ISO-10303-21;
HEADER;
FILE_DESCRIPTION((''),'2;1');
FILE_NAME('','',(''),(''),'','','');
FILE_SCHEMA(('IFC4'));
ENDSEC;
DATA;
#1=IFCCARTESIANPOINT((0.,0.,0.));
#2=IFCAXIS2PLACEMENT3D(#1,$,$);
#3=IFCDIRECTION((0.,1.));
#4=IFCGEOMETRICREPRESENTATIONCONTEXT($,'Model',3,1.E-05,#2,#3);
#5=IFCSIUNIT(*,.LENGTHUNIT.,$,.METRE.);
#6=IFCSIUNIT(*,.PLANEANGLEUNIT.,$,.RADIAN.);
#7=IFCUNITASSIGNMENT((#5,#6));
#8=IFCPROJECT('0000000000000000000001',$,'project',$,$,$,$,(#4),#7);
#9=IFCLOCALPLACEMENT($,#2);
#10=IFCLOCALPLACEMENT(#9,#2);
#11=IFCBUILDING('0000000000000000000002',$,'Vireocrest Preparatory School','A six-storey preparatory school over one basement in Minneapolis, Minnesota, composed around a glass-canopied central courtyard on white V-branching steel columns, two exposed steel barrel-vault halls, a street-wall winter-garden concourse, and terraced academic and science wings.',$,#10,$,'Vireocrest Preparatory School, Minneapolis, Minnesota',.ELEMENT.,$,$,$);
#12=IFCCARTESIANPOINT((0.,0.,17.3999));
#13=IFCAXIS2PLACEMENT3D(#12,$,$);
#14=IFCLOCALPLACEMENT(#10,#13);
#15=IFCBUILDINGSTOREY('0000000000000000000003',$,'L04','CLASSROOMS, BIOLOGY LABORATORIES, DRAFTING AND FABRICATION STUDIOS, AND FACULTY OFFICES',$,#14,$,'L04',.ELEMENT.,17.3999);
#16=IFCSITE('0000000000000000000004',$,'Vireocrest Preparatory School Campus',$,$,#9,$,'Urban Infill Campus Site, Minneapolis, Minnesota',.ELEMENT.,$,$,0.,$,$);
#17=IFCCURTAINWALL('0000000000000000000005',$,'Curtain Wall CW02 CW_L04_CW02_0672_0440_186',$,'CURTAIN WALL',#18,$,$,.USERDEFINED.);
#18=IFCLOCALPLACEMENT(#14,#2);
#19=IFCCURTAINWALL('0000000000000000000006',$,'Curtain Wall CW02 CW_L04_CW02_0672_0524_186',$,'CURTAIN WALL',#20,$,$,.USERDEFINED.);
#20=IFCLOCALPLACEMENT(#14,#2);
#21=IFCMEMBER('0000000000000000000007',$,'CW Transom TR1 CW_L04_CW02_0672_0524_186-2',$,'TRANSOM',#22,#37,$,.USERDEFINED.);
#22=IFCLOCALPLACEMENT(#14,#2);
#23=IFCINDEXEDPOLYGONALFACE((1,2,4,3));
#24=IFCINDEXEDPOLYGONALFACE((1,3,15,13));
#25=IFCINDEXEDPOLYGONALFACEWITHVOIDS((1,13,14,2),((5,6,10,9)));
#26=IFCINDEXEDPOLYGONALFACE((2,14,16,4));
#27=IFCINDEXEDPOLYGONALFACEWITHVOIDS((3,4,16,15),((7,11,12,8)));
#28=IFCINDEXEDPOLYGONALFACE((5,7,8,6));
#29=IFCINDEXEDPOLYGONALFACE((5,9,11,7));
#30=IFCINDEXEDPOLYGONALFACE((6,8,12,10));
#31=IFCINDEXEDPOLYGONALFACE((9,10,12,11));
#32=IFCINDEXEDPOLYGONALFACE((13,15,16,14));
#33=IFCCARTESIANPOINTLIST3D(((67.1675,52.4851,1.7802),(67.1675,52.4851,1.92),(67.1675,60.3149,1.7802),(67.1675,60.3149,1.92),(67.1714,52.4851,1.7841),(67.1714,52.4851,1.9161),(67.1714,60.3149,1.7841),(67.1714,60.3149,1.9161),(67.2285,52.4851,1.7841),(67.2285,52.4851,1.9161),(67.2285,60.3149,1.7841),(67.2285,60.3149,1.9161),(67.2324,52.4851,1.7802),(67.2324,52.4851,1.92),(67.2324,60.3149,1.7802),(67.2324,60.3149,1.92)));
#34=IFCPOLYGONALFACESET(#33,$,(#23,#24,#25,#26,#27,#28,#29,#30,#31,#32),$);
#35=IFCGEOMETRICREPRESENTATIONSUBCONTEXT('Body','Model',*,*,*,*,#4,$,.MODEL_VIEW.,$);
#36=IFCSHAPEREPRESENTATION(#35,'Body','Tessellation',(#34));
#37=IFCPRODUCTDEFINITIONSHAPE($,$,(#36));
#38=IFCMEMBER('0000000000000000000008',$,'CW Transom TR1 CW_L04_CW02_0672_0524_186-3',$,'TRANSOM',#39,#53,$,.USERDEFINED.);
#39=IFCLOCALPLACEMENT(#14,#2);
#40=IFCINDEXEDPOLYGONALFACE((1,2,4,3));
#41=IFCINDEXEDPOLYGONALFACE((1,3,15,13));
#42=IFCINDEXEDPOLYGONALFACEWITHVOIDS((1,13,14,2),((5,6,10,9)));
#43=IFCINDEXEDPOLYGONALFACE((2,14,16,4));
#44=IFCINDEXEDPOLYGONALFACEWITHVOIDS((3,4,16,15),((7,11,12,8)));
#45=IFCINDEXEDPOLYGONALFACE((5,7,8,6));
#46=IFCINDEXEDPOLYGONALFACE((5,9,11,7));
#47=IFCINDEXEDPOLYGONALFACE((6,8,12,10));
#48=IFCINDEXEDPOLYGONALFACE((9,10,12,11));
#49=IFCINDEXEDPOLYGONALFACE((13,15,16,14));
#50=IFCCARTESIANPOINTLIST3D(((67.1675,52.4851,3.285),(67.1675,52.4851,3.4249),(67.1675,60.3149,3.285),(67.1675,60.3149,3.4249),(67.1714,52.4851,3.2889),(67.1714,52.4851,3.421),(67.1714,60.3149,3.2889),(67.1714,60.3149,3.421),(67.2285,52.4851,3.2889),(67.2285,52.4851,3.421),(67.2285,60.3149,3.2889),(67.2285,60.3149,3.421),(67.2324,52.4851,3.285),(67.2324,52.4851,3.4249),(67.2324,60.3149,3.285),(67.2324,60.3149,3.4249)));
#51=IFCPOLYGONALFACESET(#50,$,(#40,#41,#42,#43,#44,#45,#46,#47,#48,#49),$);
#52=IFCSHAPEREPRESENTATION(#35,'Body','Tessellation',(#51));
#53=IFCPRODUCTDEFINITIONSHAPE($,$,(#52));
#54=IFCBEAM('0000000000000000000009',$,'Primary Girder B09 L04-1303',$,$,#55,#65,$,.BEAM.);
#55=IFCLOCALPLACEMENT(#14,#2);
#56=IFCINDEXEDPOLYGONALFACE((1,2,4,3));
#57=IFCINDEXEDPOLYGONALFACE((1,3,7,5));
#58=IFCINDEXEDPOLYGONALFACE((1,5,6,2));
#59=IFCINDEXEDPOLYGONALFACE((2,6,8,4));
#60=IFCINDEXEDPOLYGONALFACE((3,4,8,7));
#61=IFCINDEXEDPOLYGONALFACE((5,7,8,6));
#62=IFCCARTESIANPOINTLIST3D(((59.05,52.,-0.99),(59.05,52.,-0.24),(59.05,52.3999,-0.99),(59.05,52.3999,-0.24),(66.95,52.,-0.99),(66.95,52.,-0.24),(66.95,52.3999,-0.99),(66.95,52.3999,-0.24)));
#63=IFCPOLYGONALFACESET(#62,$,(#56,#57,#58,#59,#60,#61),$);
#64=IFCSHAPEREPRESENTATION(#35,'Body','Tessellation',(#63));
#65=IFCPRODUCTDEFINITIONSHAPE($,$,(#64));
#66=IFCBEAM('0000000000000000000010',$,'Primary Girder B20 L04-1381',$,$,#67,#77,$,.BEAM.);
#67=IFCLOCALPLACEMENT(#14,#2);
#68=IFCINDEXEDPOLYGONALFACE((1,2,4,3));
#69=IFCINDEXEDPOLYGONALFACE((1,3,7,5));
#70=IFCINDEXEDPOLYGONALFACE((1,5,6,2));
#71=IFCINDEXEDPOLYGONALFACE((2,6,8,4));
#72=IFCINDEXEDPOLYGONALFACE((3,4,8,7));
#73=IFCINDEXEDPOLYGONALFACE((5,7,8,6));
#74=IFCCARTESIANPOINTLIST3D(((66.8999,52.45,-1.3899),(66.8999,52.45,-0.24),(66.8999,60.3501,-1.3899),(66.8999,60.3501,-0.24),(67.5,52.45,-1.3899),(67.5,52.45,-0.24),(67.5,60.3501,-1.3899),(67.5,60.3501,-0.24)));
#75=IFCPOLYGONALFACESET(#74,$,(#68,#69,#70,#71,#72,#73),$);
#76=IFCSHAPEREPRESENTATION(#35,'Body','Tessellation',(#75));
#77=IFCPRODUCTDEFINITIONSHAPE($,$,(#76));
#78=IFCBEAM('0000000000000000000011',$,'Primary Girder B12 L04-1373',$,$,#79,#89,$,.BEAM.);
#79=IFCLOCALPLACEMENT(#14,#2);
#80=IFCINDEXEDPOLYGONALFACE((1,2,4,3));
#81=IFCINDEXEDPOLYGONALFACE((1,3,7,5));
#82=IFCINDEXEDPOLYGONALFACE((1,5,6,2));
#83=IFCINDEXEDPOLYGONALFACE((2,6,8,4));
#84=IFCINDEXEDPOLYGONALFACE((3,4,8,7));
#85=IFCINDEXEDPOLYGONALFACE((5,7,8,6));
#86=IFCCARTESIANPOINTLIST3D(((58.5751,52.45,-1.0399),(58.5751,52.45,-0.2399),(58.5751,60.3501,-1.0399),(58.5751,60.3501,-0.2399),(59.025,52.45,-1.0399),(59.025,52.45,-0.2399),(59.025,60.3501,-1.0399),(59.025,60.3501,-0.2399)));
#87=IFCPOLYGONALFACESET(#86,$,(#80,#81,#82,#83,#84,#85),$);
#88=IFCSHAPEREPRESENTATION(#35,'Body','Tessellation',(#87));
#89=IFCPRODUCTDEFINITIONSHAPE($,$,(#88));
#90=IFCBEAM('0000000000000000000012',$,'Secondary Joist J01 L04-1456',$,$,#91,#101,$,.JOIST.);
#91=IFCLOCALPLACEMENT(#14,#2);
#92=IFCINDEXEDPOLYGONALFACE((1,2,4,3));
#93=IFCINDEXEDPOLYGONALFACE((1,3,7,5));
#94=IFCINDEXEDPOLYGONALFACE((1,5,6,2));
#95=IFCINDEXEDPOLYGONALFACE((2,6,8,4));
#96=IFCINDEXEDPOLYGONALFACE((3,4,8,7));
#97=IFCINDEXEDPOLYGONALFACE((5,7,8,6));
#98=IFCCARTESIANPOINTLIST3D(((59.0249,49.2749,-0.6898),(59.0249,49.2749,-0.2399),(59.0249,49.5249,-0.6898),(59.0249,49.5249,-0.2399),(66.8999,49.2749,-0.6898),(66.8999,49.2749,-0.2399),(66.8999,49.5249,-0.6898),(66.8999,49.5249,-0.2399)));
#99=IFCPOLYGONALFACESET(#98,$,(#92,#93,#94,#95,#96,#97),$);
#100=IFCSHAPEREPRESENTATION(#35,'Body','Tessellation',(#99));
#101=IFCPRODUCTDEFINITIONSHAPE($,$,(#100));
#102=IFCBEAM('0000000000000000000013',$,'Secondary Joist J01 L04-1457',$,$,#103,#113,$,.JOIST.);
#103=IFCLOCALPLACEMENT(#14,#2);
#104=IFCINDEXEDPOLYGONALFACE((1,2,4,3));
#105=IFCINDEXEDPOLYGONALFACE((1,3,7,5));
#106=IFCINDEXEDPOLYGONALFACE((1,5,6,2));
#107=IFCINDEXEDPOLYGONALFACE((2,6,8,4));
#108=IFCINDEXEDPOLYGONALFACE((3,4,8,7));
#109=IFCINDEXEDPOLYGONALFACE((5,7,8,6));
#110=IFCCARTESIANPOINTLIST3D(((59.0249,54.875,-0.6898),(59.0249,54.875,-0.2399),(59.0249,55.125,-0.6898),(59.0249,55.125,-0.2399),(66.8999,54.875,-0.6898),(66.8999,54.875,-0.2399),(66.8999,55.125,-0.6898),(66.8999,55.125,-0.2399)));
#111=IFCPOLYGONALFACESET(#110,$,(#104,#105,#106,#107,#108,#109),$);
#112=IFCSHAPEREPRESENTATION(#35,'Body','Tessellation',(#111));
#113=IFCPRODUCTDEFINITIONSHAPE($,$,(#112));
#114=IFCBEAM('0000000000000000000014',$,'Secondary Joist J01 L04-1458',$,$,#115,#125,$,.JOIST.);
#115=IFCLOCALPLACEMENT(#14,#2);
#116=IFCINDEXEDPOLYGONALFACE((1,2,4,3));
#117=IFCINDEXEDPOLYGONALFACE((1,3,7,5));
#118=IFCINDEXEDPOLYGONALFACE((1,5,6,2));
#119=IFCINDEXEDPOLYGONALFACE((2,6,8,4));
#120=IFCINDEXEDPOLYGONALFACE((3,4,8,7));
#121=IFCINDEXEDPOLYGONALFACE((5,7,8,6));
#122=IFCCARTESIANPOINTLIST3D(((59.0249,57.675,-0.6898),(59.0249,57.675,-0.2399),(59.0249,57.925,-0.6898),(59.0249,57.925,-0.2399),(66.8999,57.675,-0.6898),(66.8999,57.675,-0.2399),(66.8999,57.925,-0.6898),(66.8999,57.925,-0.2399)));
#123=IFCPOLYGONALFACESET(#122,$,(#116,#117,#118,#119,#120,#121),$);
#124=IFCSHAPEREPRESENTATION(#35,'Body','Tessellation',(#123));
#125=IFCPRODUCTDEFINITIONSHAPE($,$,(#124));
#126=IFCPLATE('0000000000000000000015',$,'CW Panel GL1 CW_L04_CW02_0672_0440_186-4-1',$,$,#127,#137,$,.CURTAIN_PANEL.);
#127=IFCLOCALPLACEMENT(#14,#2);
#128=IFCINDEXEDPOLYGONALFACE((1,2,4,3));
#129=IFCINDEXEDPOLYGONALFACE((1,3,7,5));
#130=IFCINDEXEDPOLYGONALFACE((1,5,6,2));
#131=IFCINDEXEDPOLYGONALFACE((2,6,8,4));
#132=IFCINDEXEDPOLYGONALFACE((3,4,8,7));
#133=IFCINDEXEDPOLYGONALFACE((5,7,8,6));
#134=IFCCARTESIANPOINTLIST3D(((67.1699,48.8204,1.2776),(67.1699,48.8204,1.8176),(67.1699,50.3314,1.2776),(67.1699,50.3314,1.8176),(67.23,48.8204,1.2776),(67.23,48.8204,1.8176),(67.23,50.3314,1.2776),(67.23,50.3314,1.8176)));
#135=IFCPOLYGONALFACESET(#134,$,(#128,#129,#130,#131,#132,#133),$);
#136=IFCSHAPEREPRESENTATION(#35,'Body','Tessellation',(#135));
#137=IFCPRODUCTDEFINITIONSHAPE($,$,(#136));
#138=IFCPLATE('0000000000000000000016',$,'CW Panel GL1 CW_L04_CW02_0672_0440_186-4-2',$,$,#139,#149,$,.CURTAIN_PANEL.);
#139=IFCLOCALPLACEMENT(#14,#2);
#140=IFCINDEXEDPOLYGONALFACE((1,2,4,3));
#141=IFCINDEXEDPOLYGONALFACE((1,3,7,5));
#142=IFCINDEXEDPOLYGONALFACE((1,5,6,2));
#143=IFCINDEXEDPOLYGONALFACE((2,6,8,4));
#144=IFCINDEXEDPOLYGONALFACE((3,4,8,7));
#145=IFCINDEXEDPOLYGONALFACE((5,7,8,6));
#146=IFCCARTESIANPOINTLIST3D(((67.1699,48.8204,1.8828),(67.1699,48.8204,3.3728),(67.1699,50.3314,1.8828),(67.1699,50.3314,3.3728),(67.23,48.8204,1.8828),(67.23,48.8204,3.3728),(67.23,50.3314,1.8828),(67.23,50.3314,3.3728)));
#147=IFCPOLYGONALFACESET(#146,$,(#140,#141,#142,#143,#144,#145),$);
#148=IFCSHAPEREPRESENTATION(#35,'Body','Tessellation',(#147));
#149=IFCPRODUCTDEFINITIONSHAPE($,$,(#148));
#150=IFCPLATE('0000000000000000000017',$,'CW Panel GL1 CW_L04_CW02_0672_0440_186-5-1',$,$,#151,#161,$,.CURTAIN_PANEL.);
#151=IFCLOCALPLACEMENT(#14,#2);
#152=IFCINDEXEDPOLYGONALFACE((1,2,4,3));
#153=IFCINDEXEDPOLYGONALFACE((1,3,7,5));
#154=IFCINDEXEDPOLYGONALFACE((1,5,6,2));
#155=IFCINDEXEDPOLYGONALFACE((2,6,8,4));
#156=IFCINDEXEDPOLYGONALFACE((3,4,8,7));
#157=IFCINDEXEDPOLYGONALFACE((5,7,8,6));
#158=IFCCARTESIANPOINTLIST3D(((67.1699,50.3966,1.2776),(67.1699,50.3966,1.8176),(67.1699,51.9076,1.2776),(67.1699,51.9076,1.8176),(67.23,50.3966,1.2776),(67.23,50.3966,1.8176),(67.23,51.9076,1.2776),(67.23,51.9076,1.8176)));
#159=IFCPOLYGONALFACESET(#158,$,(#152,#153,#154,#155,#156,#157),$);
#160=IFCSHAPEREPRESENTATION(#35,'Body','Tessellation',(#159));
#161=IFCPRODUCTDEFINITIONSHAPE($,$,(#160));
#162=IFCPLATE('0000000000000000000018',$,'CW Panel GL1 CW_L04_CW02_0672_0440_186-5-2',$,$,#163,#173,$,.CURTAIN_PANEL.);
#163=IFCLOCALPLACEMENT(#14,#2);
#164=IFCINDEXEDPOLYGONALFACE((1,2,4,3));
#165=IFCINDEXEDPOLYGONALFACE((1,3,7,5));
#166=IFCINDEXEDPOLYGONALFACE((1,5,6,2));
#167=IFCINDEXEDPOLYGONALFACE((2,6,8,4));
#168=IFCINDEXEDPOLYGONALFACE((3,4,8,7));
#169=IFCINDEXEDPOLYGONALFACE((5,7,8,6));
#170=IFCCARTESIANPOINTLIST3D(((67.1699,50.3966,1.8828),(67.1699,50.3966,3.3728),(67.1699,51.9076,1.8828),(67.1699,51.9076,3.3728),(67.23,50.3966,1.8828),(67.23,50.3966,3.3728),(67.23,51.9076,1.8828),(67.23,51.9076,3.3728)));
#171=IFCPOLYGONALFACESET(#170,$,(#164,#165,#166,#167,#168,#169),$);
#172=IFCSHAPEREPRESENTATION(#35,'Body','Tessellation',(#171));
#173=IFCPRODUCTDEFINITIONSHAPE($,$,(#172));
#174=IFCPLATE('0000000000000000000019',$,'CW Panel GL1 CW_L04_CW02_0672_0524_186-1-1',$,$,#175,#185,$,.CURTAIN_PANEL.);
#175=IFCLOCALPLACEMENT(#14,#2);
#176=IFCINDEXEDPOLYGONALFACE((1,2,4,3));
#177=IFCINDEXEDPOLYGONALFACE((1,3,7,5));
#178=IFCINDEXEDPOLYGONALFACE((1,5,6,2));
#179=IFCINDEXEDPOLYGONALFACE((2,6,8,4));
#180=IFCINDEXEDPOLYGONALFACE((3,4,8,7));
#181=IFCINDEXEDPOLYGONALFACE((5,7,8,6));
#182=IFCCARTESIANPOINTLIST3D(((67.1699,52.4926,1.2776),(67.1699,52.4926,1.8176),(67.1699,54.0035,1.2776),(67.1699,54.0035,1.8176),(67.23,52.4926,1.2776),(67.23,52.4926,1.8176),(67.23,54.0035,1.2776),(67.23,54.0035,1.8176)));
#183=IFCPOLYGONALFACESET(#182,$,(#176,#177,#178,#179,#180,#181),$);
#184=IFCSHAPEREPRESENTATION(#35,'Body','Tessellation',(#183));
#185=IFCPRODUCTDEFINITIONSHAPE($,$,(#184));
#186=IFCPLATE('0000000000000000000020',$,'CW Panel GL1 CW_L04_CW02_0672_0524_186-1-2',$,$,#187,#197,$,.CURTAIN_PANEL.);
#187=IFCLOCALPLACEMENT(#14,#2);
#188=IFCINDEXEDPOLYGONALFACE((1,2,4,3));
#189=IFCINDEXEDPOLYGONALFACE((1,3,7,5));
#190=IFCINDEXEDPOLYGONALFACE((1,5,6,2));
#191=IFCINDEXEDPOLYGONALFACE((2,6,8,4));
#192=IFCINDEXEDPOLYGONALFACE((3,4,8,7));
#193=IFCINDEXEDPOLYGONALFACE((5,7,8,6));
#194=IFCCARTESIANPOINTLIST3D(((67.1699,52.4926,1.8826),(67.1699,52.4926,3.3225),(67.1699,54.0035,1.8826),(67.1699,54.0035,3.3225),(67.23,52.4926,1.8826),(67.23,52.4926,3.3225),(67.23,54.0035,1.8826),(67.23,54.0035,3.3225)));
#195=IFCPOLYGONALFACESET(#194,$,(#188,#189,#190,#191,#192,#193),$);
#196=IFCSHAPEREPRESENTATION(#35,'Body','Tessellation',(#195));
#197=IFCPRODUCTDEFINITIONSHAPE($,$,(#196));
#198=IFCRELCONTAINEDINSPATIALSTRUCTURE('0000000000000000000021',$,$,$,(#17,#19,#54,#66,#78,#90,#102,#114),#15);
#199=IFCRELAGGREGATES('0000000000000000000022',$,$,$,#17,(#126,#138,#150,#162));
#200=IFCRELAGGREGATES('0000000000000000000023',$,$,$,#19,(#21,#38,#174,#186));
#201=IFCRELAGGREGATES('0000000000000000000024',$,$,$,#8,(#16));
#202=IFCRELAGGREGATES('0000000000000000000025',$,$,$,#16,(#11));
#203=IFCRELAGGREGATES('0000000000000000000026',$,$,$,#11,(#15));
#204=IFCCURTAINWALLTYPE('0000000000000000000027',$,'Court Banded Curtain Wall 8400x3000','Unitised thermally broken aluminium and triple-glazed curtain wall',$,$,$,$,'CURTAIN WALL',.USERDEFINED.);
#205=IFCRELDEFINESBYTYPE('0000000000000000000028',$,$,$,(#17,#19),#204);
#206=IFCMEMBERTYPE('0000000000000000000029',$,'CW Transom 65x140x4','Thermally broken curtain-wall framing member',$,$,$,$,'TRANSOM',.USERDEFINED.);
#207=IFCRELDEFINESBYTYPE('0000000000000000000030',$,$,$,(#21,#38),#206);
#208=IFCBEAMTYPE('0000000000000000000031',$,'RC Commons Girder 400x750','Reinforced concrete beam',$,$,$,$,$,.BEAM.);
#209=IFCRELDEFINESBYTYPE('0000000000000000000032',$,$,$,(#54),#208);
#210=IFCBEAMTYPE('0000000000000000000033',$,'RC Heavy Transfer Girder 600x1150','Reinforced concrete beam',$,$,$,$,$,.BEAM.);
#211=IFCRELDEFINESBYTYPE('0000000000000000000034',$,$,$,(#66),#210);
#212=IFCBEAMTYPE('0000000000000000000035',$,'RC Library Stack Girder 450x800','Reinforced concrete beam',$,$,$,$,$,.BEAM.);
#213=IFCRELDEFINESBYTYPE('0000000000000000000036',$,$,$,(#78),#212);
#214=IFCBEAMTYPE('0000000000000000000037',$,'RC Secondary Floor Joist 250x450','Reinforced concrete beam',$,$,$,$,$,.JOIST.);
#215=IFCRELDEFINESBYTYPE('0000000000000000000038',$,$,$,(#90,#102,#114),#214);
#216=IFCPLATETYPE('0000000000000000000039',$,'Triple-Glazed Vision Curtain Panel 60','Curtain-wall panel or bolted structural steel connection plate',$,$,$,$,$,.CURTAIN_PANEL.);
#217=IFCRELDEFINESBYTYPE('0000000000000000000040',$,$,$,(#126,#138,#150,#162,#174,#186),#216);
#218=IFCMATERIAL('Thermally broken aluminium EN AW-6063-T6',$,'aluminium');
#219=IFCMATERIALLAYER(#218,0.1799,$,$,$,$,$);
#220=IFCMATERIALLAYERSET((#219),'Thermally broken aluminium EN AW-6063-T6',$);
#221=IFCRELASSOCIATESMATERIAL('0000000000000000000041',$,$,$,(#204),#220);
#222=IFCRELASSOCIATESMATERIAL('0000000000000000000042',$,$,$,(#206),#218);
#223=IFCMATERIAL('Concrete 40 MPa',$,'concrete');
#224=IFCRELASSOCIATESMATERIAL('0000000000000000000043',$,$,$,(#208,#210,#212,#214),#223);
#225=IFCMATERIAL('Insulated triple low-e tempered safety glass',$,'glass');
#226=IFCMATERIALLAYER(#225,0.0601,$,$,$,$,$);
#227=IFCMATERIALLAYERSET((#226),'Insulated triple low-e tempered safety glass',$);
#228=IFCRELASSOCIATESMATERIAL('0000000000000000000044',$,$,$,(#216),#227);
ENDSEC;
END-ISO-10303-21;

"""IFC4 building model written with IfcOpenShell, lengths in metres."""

from ifc_helpers import new_model, si_unit, direction, frame, origin, origin_2d, place, context, subcontext, project, spatial, rectangle, hollow_rectangle, extrude, material, layer, layer_set, material_profile, profile_set, type_object, element, aggregate, save


model = new_model("IFC4")

# Units and contexts
model_context = context("Model", 3, precision=1e-05, world=origin(), true_north=direction((0.0, 1.0)))
body_context = subcontext(model_context, "Body", "Model", "MODEL_VIEW")
ifc_project = project(units=[si_unit("LENGTHUNIT", "METRE"), si_unit("PLANEANGLEUNIT", "RADIAN")], contexts=[model_context])

# Site, building, storey
site_placement = place(None, origin())
site = spatial("IfcSite", under=ifc_project, at=site_placement, Name="Vireocrest Preparatory School Campus", LongName="Urban Infill Campus Site, Minneapolis, Minnesota", CompositionType="ELEMENT", RefElevation=0.0)
building_placement = place(site_placement, origin())
building = spatial("IfcBuilding", under=site, at=building_placement, Name="Vireocrest Preparatory School", Description="A six-storey preparatory school over one basement in Minneapolis, Minnesota, composed around a glass-canopied central courtyard on white V-branching steel columns, two exposed steel barrel-vault halls, a street-wall winter-garden concourse, and terraced academic and science wings.", LongName="Vireocrest Preparatory School, Minneapolis, Minnesota", CompositionType="ELEMENT")
storey_placement = place(building_placement, frame((0.0, 0.0, 17.3999)))
storey = spatial("IfcBuildingStorey", under=building, at=storey_placement, Name="L04", Description="CLASSROOMS, BIOLOGY LABORATORIES, DRAFTING AND FABRICATION STUDIOS, AND FACULTY OFFICES", LongName="L04", CompositionType="ELEMENT", Elevation=17.3999)

# Curtain walls, members
ifc_material_1 = material(Name="Thermally broken aluminium EN AW-6063-T6", Category="aluminium")
ifc_layer_1 = layer(ifc_material_1, 0.1799)
ifc_layer_set_1 = layer_set([ifc_layer_1], Name="Thermally broken aluminium EN AW-6063-T6")
curtain_wall_type = type_object("IfcCurtainWallType", Name="Court Banded Curtain Wall 8400x3000", Description="Unitised thermally broken aluminium and triple-glazed curtain wall", ElementType="CURTAIN WALL", PredefinedType="USERDEFINED", material=ifc_layer_set_1)
curtain_wall_1_placement = place(storey_placement, origin())
curtain_wall_1 = element("IfcCurtainWall", 1, at=curtain_wall_1_placement, inside=storey, type_object=curtain_wall_type, Name="Curtain Wall CW02 CW_L04_CW02_0672_0440_186", ObjectType="CURTAIN WALL", PredefinedType="USERDEFINED")
curtain_wall_2_placement = place(storey_placement, origin())
curtain_wall_2 = element("IfcCurtainWall", 2, at=curtain_wall_2_placement, inside=storey, type_object=curtain_wall_type, Name="Curtain Wall CW02 CW_L04_CW02_0672_0524_186", ObjectType="CURTAIN WALL", PredefinedType="USERDEFINED")
ifc_material_profile_1 = material_profile(ifc_material_1, hollow_rectangle(XDim=0.0649, YDim=0.1399, WallThickness=0.0039, at=origin_2d()), Name="ALU 65x140x4")
ifc_profile_set_1 = profile_set([ifc_material_profile_1], Name="Thermally broken aluminium EN AW-6063-T6")
member_type_1 = type_object("IfcMemberType", Name="CW Transom 65x140x4", Description="Thermally broken curtain-wall framing member", ElementType="TRANSOM", PredefinedType="USERDEFINED", material=ifc_profile_set_1)
member_1_placement = place(storey_placement, frame((67.2, 52.4851, 1.8501), z_axis=(0.0, 1.0, 0.0), x_axis=(-1.0, 0.0, 0.0)))
member_1 = element("IfcMember", 3, at=member_1_placement, type_object=member_type_1, Name="CW Transom TR1 CW_L04_CW02_0672_0524_186-2", ObjectType="TRANSOM", PredefinedType="USERDEFINED", context=body_context, shape_type="SweptSolid", body=[
    extrude(hollow_rectangle(XDim=0.0649, YDim=0.1399, WallThickness=0.0039, at=origin_2d()), origin(), (0.0, 0.0, 1.0), 7.8298),
])
member_2_placement = place(storey_placement, frame((67.2, 52.4851, 3.355), z_axis=(0.0, 1.0, 0.0), x_axis=(-1.0, 0.0, 0.0)))
member_2 = element("IfcMember", 4, at=member_2_placement, type_object=member_type_1, Name="CW Transom TR1 CW_L04_CW02_0672_0524_186-3", ObjectType="TRANSOM", PredefinedType="USERDEFINED", context=body_context, shape_type="SweptSolid", body=[
    extrude(hollow_rectangle(XDim=0.0649, YDim=0.1399, WallThickness=0.0039, at=origin_2d()), origin(), (0.0, 0.0, 1.0), 7.8298),
])

# Beams
ifc_material_2 = material(Name="Concrete 40 MPa", Category="concrete")
ifc_material_profile_2 = material_profile(ifc_material_2, rectangle(XDim=0.3999, YDim=0.75, at=origin_2d()), Name="RC 400x750")
ifc_profile_set_2 = profile_set([ifc_material_profile_2], Name="Concrete 40 MPa")
beam_type_1 = type_object("IfcBeamType", Name="RC Commons Girder 400x750", Description="Reinforced concrete beam", PredefinedType="BEAM", material=ifc_profile_set_2)
beam_1_placement = place(storey_placement, frame((59.05, 52.2, -0.615), z_axis=(1.0, 0.0, 0.0), x_axis=(0.0, 1.0, 0.0)))
element("IfcBeam", 5, at=beam_1_placement, inside=storey, type_object=beam_type_1, Name="Primary Girder B09 L04-1303", PredefinedType="BEAM", context=body_context, shape_type="SweptSolid", body=[
    extrude(rectangle(XDim=0.3999, YDim=0.75, at=origin_2d()), origin(), (0.0, 0.0, 1.0), 7.8999),
])
ifc_material_profile_3 = material_profile(ifc_material_2, rectangle(XDim=0.6001, YDim=1.1499, at=origin_2d()), Name="RC 600x1150")
ifc_profile_set_3 = profile_set([ifc_material_profile_3], Name="Concrete 40 MPa")
beam_type_2 = type_object("IfcBeamType", Name="RC Heavy Transfer Girder 600x1150", Description="Reinforced concrete beam", PredefinedType="BEAM", material=ifc_profile_set_3)
beam_2_placement = place(storey_placement, frame((67.2, 52.45, -0.8149), z_axis=(0.0, 1.0, 0.0), x_axis=(-1.0, 0.0, 0.0)))
element("IfcBeam", 6, at=beam_2_placement, inside=storey, type_object=beam_type_2, Name="Primary Girder B20 L04-1381", PredefinedType="BEAM", context=body_context, shape_type="SweptSolid", body=[
    extrude(rectangle(XDim=0.6001, YDim=1.1499, at=origin_2d()), origin(), (0.0, 0.0, 1.0), 7.9001),
])
ifc_material_profile_4 = material_profile(ifc_material_2, rectangle(XDim=0.45, YDim=0.8, at=origin_2d()), Name="RC 450x800")
ifc_profile_set_4 = profile_set([ifc_material_profile_4], Name="Concrete 40 MPa")
beam_type_3 = type_object("IfcBeamType", Name="RC Library Stack Girder 450x800", Description="Reinforced concrete beam", PredefinedType="BEAM", material=ifc_profile_set_4)
beam_3_placement = place(storey_placement, frame((58.8, 52.45, -0.6399), z_axis=(0.0, 1.0, 0.0), x_axis=(-1.0, 0.0, 0.0)))
element("IfcBeam", 7, at=beam_3_placement, inside=storey, type_object=beam_type_3, Name="Primary Girder B12 L04-1373", PredefinedType="BEAM", context=body_context, shape_type="SweptSolid", body=[
    extrude(rectangle(XDim=0.45, YDim=0.8, at=origin_2d()), origin(), (0.0, 0.0, 1.0), 7.9001),
])
ifc_material_profile_5 = material_profile(ifc_material_2, rectangle(XDim=0.25, YDim=0.45, at=origin_2d()), Name="RC 250x450")
ifc_profile_set_5 = profile_set([ifc_material_profile_5], Name="Concrete 40 MPa")
beam_type_4 = type_object("IfcBeamType", Name="RC Secondary Floor Joist 250x450", Description="Reinforced concrete beam", PredefinedType="JOIST", material=ifc_profile_set_5)
for number, where, z_axis, x_axis, name in (
    (8, (59.0249, 49.3999, -0.4648), (1.0, 0.0, 0.0), (0.0, 1.0, 0.0), "Secondary Joist J01 L04-1456"),
    (9, (59.0249, 55.0, -0.4648), (1.0, 0.0, 0.0), (0.0, 1.0, 0.0), "Secondary Joist J01 L04-1457"),
    (10, (59.0249, 57.8, -0.4648), (1.0, 0.0, 0.0), (0.0, 1.0, 0.0), "Secondary Joist J01 L04-1458"),
):
    element("IfcBeam", number, at=place(storey_placement, frame(where, z_axis=z_axis, x_axis=x_axis)), inside=storey, type_object=beam_type_4, Name=name, PredefinedType="JOIST", context=body_context, shape_type="SweptSolid", body=[
        extrude(rectangle(XDim=0.25, YDim=0.45, at=origin_2d()), origin(), (0.0, 0.0, 1.0), 7.875),
    ])

# Plates
ifc_material_3 = material(Name="Insulated triple low-e tempered safety glass", Category="glass")
ifc_layer_2 = layer(ifc_material_3, 0.0601)
ifc_layer_set_2 = layer_set([ifc_layer_2], Name="Insulated triple low-e tempered safety glass")
plate_type = type_object("IfcPlateType", Name="Triple-Glazed Vision Curtain Panel 60", Description="Curtain-wall panel or bolted structural steel connection plate", PredefinedType="CURTAIN_PANEL", material=ifc_layer_set_2)
plate_1_placement = place(storey_placement, frame((67.2, 49.5759, 1.2776), z_axis=(0.0, 0.0, 1.0), x_axis=(0.0, 1.0, 0.0)))
plate_1 = element("IfcPlate", 11, at=plate_1_placement, type_object=plate_type, Name="CW Panel GL1 CW_L04_CW02_0672_0440_186-4-1", PredefinedType="CURTAIN_PANEL", context=body_context, shape_type="SweptSolid", body=[
    extrude(rectangle(XDim=1.511, YDim=0.0601, at=origin_2d()), origin(), (0.0, 0.0, 1.0), 0.54),
])
plate_2_placement = place(storey_placement, frame((67.2, 49.5759, 1.8828), z_axis=(0.0, 0.0, 1.0), x_axis=(0.0, 1.0, 0.0)))
plate_2 = element("IfcPlate", 12, at=plate_2_placement, type_object=plate_type, Name="CW Panel GL1 CW_L04_CW02_0672_0440_186-4-2", PredefinedType="CURTAIN_PANEL", context=body_context, shape_type="SweptSolid", body=[
    extrude(rectangle(XDim=1.511, YDim=0.0601, at=origin_2d()), origin(), (0.0, 0.0, 1.0), 1.49),
])
plate_3_placement = place(storey_placement, frame((67.2, 51.1521, 1.2776), z_axis=(0.0, 0.0, 1.0), x_axis=(0.0, 1.0, 0.0)))
plate_3 = element("IfcPlate", 13, at=plate_3_placement, type_object=plate_type, Name="CW Panel GL1 CW_L04_CW02_0672_0440_186-5-1", PredefinedType="CURTAIN_PANEL", context=body_context, shape_type="SweptSolid", body=[
    extrude(rectangle(XDim=1.511, YDim=0.0601, at=origin_2d()), origin(), (0.0, 0.0, 1.0), 0.54),
])
plate_4_placement = place(storey_placement, frame((67.2, 51.1521, 1.8828), z_axis=(0.0, 0.0, 1.0), x_axis=(0.0, 1.0, 0.0)))
plate_4 = element("IfcPlate", 14, at=plate_4_placement, type_object=plate_type, Name="CW Panel GL1 CW_L04_CW02_0672_0440_186-5-2", PredefinedType="CURTAIN_PANEL", context=body_context, shape_type="SweptSolid", body=[
    extrude(rectangle(XDim=1.511, YDim=0.0601, at=origin_2d()), origin(), (0.0, 0.0, 1.0), 1.49),
])
aggregate(curtain_wall_1, [plate_1, plate_2, plate_3, plate_4])
plate_5_placement = place(storey_placement, frame((67.2, 53.248, 1.2776), z_axis=(0.0, 0.0, 1.0), x_axis=(0.0, 1.0, 0.0)))
plate_5 = element("IfcPlate", 15, at=plate_5_placement, type_object=plate_type, Name="CW Panel GL1 CW_L04_CW02_0672_0524_186-1-1", PredefinedType="CURTAIN_PANEL", context=body_context, shape_type="SweptSolid", body=[
    extrude(rectangle(XDim=1.511, YDim=0.0601, at=origin_2d()), origin(), (0.0, 0.0, 1.0), 0.54),
])
plate_6_placement = place(storey_placement, frame((67.2, 53.248, 1.8826), z_axis=(0.0, 0.0, 1.0), x_axis=(0.0, 1.0, 0.0)))
plate_6 = element("IfcPlate", 16, at=plate_6_placement, type_object=plate_type, Name="CW Panel GL1 CW_L04_CW02_0672_0524_186-1-2", PredefinedType="CURTAIN_PANEL", context=body_context, shape_type="SweptSolid", body=[
    extrude(rectangle(XDim=1.511, YDim=0.0601, at=origin_2d()), origin(), (0.0, 0.0, 1.0), 1.4399),
])
aggregate(curtain_wall_2, [member_1, member_2, plate_5, plate_6])

save(model, "model.ifc")
